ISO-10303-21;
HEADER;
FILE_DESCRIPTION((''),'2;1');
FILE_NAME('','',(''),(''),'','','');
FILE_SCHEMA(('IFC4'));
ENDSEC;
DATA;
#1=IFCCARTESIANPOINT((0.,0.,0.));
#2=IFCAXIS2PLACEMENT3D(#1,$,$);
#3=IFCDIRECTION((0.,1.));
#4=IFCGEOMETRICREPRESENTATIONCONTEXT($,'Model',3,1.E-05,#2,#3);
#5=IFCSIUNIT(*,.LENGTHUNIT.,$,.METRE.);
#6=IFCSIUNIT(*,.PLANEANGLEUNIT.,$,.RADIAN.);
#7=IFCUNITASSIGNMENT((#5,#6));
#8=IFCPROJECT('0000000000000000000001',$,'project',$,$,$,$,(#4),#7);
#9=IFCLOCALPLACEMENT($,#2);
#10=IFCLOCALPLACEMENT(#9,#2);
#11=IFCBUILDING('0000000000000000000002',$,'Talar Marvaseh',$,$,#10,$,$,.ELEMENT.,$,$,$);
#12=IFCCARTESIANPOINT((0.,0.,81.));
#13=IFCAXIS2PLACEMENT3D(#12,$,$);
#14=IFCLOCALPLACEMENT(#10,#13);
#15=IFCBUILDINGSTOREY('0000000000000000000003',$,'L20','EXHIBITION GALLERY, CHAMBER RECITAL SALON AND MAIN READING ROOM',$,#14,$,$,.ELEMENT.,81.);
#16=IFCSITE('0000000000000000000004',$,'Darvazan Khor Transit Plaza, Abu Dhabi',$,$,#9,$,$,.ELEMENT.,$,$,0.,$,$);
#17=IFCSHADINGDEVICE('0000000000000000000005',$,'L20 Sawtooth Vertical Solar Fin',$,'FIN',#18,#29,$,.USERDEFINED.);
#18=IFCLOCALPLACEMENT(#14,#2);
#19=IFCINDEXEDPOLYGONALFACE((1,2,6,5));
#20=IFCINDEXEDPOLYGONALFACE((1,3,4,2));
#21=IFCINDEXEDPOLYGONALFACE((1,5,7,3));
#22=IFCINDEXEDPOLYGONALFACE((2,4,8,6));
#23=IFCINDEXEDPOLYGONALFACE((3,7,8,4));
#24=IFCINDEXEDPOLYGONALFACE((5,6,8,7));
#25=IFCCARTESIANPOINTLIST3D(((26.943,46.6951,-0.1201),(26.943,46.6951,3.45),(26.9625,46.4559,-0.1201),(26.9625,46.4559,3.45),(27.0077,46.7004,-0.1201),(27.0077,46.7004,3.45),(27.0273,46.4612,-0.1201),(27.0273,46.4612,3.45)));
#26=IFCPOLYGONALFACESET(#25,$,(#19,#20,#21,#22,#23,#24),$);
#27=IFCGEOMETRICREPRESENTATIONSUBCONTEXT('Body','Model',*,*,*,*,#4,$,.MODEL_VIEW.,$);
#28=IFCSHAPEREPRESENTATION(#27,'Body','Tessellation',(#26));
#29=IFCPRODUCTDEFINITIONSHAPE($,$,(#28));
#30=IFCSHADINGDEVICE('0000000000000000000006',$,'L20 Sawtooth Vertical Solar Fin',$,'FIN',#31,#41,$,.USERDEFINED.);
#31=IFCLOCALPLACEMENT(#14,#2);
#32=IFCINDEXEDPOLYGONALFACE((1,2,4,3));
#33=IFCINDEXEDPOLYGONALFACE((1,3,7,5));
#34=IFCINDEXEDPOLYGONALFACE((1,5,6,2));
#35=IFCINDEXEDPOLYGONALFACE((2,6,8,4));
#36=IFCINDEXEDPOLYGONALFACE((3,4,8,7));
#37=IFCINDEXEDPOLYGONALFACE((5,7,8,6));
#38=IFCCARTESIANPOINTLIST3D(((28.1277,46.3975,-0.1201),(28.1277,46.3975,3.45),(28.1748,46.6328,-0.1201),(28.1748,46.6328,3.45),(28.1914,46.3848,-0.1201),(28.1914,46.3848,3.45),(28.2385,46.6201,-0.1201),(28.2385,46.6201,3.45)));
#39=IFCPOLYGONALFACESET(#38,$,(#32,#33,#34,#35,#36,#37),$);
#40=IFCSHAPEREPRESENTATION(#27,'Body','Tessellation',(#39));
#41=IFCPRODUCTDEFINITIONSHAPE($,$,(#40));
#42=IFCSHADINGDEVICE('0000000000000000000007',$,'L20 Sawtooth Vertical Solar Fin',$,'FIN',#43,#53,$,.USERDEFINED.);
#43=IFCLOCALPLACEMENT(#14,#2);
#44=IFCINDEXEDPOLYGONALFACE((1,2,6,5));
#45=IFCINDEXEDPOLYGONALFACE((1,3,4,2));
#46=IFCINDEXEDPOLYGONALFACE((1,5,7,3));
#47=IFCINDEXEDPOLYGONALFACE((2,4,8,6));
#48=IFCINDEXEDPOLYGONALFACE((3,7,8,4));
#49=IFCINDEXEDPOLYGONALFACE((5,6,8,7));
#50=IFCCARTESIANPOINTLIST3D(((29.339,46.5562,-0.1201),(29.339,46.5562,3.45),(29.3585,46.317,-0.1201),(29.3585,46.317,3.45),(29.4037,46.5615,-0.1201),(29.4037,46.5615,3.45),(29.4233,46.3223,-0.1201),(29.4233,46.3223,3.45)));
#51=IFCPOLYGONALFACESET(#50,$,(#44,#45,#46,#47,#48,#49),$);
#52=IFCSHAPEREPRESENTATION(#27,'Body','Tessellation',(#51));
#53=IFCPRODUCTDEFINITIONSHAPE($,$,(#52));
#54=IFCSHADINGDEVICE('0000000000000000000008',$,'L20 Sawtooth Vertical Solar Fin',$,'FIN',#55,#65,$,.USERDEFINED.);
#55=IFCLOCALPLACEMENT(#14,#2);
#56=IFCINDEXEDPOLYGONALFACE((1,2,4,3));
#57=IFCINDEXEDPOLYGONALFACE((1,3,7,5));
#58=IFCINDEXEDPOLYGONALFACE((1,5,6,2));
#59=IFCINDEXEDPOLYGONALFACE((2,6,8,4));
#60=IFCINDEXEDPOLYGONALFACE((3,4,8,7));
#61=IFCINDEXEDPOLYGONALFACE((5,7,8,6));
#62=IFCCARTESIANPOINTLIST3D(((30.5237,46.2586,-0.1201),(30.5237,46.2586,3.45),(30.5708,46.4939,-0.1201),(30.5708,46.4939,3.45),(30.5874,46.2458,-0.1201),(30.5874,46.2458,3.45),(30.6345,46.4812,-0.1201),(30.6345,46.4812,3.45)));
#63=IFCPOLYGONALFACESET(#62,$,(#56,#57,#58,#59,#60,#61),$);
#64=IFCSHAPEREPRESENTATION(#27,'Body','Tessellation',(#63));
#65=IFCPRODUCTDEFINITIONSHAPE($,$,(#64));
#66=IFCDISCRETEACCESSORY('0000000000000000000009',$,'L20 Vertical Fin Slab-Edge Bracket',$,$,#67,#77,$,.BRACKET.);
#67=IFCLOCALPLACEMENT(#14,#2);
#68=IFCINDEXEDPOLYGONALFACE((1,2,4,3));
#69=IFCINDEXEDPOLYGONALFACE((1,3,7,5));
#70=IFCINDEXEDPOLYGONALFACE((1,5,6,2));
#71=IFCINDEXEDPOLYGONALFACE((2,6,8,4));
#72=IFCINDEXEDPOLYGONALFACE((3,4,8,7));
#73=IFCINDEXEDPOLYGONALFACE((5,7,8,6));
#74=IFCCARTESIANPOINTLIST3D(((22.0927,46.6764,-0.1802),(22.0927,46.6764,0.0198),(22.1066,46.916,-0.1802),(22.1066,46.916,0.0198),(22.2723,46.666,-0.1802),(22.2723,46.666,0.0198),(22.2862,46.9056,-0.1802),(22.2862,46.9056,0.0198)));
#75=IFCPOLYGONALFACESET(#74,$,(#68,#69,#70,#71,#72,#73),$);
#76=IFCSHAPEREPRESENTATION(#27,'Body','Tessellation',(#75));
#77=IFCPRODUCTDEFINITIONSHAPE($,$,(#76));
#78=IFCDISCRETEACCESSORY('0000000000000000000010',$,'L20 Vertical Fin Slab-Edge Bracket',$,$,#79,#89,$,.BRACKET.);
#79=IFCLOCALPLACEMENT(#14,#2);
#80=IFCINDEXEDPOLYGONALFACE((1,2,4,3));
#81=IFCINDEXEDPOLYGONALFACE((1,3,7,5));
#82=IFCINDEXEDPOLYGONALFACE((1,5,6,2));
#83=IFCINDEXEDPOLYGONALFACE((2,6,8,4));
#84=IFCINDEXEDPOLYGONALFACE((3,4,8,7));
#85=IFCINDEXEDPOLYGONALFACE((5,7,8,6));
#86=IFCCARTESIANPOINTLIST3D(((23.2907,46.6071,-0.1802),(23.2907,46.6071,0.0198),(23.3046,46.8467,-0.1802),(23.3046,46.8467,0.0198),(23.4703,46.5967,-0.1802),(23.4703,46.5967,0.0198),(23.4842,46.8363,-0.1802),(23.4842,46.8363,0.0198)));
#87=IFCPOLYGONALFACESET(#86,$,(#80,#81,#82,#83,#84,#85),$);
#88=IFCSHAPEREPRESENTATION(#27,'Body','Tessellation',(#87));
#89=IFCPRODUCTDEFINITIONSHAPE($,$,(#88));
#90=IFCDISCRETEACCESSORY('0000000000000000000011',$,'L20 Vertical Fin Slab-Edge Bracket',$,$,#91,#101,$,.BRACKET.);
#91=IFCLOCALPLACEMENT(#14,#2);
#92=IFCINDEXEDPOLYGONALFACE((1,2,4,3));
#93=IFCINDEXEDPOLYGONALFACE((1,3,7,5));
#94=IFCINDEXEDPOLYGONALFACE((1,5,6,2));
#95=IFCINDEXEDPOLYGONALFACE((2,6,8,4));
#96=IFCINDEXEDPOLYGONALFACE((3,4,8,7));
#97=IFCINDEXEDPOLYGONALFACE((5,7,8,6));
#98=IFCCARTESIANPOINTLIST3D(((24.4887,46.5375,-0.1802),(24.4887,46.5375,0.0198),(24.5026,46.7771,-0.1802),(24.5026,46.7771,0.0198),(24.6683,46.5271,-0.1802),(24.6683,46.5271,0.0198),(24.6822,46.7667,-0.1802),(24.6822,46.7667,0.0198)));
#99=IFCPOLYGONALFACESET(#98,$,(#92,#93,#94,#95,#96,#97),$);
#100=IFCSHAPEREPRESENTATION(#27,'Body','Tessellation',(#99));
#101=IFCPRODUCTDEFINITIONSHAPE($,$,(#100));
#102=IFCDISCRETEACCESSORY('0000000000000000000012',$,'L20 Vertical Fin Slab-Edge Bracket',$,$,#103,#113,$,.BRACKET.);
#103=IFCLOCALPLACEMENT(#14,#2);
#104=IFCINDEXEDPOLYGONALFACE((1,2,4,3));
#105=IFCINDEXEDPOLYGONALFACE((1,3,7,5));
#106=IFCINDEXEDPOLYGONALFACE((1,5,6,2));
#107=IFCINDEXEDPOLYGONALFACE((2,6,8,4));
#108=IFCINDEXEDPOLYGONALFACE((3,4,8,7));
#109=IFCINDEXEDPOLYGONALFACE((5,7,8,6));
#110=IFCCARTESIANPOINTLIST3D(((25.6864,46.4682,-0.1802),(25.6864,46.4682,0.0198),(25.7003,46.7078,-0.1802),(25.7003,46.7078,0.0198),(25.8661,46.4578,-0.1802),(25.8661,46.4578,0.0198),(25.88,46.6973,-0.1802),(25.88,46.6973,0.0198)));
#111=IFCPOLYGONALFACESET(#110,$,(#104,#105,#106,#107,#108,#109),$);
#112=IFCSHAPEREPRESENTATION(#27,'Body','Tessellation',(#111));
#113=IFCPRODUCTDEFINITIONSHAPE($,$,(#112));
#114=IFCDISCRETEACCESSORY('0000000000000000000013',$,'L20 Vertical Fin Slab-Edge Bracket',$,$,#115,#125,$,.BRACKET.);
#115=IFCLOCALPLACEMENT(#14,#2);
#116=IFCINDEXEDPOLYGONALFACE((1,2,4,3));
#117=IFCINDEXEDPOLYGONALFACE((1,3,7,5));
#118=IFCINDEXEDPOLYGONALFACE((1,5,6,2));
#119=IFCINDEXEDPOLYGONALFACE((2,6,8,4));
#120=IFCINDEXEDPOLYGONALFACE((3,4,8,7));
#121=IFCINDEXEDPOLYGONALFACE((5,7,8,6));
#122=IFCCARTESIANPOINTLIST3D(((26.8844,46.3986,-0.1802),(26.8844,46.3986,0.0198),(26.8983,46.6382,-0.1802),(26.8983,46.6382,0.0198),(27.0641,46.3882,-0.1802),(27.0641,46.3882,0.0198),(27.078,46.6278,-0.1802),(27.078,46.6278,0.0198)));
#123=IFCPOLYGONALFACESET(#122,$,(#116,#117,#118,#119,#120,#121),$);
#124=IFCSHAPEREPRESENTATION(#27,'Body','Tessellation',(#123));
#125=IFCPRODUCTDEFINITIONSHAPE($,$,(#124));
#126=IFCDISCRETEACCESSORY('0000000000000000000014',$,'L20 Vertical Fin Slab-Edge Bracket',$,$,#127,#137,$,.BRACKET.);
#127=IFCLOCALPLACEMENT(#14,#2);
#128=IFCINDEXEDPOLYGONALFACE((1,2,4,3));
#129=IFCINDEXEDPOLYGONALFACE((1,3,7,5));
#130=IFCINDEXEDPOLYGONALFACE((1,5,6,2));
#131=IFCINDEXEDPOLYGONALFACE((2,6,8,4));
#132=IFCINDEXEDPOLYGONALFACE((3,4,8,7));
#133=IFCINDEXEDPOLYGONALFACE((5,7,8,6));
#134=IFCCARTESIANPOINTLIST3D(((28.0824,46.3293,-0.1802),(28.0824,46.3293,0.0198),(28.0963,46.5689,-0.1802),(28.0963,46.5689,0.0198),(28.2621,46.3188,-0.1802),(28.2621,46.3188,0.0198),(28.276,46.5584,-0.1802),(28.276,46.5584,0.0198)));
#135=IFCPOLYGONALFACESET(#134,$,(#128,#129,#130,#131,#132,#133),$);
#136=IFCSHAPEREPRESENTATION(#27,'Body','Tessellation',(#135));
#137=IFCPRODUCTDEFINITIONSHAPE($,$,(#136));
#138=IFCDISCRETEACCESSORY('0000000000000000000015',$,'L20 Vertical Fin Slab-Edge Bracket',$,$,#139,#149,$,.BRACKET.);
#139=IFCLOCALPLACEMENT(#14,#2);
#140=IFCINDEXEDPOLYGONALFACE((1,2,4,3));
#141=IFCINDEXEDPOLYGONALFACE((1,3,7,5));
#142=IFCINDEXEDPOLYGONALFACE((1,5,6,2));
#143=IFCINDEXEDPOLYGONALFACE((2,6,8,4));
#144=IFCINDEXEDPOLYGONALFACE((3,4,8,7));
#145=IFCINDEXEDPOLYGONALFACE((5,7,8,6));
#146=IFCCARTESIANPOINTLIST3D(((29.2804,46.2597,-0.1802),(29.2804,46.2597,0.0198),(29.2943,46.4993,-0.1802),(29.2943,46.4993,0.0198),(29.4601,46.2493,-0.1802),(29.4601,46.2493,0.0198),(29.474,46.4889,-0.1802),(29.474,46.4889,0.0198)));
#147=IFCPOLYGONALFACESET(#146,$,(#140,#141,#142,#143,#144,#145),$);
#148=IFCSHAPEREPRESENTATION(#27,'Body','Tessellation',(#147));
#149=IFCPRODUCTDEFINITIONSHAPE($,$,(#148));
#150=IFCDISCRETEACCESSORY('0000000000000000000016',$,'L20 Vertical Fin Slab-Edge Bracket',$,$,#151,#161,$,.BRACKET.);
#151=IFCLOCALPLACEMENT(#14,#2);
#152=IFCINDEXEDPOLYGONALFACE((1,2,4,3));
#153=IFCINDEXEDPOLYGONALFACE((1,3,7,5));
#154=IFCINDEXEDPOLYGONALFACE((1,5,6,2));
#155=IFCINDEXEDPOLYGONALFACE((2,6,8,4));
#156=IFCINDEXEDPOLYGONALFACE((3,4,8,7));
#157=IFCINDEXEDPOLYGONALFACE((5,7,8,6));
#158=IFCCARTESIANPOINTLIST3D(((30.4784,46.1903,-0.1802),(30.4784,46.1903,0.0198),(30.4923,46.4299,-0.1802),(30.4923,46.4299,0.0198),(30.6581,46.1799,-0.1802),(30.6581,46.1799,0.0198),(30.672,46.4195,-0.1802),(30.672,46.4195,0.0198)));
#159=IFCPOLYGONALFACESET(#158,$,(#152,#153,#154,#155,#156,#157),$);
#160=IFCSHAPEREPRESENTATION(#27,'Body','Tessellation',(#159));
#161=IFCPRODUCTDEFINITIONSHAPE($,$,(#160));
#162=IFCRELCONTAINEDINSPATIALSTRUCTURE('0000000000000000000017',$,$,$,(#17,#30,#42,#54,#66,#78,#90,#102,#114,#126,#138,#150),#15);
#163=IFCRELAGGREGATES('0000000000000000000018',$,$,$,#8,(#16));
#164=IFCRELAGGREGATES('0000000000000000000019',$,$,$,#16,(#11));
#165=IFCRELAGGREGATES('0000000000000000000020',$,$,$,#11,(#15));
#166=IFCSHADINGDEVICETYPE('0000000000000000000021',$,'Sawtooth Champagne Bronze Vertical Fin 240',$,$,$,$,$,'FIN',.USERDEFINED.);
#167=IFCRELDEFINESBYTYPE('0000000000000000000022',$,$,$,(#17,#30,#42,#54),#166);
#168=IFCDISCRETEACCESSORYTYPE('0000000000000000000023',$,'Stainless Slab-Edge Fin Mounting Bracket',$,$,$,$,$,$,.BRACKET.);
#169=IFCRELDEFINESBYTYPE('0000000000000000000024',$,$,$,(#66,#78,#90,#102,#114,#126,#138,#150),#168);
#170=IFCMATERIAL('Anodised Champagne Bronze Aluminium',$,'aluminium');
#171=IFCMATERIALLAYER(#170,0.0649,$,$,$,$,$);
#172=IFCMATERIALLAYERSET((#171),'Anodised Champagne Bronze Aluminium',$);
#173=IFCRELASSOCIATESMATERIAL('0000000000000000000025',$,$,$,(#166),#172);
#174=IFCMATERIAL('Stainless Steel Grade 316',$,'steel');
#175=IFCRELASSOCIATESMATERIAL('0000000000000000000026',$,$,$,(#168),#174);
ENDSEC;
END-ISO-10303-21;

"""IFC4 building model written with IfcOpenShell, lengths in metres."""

from ifc_helpers import new_model, si_unit, direction, frame, origin, origin_2d, place, context, subcontext, project, spatial, rectangle, extrude, source, transform, mapped, material, layer, layer_set, type_object, type_shapes, element, save


model = new_model("IFC4")

# Units and contexts
model_context = context("Model", 3, precision=1e-05, world=origin(), true_north=direction((0.0, 1.0)))
body_context = subcontext(model_context, "Body", "Model", "MODEL_VIEW")
ifc_project = project(units=[si_unit("LENGTHUNIT", "METRE"), si_unit("PLANEANGLEUNIT", "RADIAN")], contexts=[model_context])

# Site, building, storey
site_placement = place(None, origin())
site = spatial("IfcSite", under=ifc_project, at=site_placement, Name="Darvazan Khor Transit Plaza, Abu Dhabi", CompositionType="ELEMENT", RefElevation=0.0)
building_placement = place(site_placement, origin())
building = spatial("IfcBuilding", under=site, at=building_placement, Name="Talar Marvaseh", CompositionType="ELEMENT")
storey_placement = place(building_placement, frame((0.0, 0.0, 81.0)))
storey = spatial("IfcBuildingStorey", under=building, at=storey_placement, Name="L20", Description="EXHIBITION GALLERY, CHAMBER RECITAL SALON AND MAIN READING ROOM", CompositionType="ELEMENT", Elevation=81.0)

# Shading devices
ifc_material_1 = material(Name="Anodised Champagne Bronze Aluminium", Category="aluminium")
ifc_layer_1 = layer(ifc_material_1, 0.0649)
ifc_layer_set_1 = layer_set([ifc_layer_1], Name="Anodised Champagne Bronze Aluminium")
shading_device_type = type_object("IfcShadingDeviceType", Name="Sawtooth Champagne Bronze Vertical Fin 240", ElementType="FIN", PredefinedType="USERDEFINED", material=ifc_layer_set_1)
shared_shape_1 = source(origin(), body_context, "Body", "SweptSolid", [
    extrude(rectangle(XDim=0.24, YDim=0.0649, at=origin_2d()), origin(), (0.0, 0.0, 1.0), 3.5701),
])
type_shapes(shading_device_type, [shared_shape_1])
for number, where, z_axis, x_axis, name in (
    (1, (26.9851, 46.5781, -0.1201), (0.0, 0.0, 1.0), (-0.081591, 0.996666, 0.0), "L20 Sawtooth Vertical Solar Fin"),
    (2, (28.1831, 46.5088, -0.1201), (0.0, 0.0, 1.0), (0.196288, 0.980546, 0.0), "L20 Sawtooth Vertical Solar Fin"),
    (3, (29.3811, 46.4392, -0.1201), (0.0, 0.0, 1.0), (-0.081591, 0.996666, 0.0), "L20 Sawtooth Vertical Solar Fin"),
    (4, (30.5791, 46.3699, -0.1201), (0.0, 0.0, 1.0), (0.196288, 0.980546, 0.0), "L20 Sawtooth Vertical Solar Fin"),
):
    element("IfcShadingDevice", number, at=place(storey_placement, frame(where, z_axis=z_axis, x_axis=x_axis)), inside=storey, type_object=shading_device_type, Name=name, ObjectType="FIN", PredefinedType="USERDEFINED", context=body_context, shape_type="MappedRepresentation", body=[
        mapped(shared_shape_1, transform((0.0, 0.0, 0.0), x_axis=(1.0, 0.0, 0.0), y_axis=(0.0, 1.0, 0.0), z_axis=(0.0, 0.0, 1.0), scale=1.0)),
    ])

# Discrete accessories
ifc_material_2 = material(Name="Stainless Steel Grade 316", Category="steel")
discrete_accessory_type = type_object("IfcDiscreteAccessoryType", Name="Stainless Slab-Edge Fin Mounting Bracket", PredefinedType="BRACKET", material=ifc_material_2)
shared_shape_2 = source(origin(), body_context, "Body", "SweptSolid", [
    extrude(rectangle(XDim=0.24, YDim=0.1799, at=origin_2d()), origin(), (0.0, 0.0, 1.0), 0.2),
])
type_shapes(discrete_accessory_type, [shared_shape_2])
for number, where, z_axis, x_axis, name in (
    (5, (22.1895, 46.791, -0.1802), (0.0, 0.0, 1.0), (0.057913, 0.998322, 0.0), "L20 Vertical Fin Slab-Edge Bracket"),
    (6, (23.3875, 46.7217, -0.1802), (0.0, 0.0, 1.0), (0.057913, 0.998322, 0.0), "L20 Vertical Fin Slab-Edge Bracket"),
    (7, (24.5854, 46.6521, -0.1802), (0.0, 0.0, 1.0), (0.057913, 0.998322, 0.0), "L20 Vertical Fin Slab-Edge Bracket"),
    (8, (25.7832, 46.5828, -0.1802), (0.0, 0.0, 1.0), (0.057913, 0.998322, 0.0), "L20 Vertical Fin Slab-Edge Bracket"),
    (9, (26.9812, 46.5132, -0.1802), (0.0, 0.0, 1.0), (0.057913, 0.998322, 0.0), "L20 Vertical Fin Slab-Edge Bracket"),
    (10, (28.1792, 46.4438, -0.1802), (0.0, 0.0, 1.0), (0.057913, 0.998322, 0.0), "L20 Vertical Fin Slab-Edge Bracket"),
    (11, (29.3772, 46.3743, -0.1802), (0.0, 0.0, 1.0), (0.057913, 0.998322, 0.0), "L20 Vertical Fin Slab-Edge Bracket"),
    (12, (30.5752, 46.3049, -0.1802), (0.0, 0.0, 1.0), (0.057913, 0.998322, 0.0), "L20 Vertical Fin Slab-Edge Bracket"),
):
    element("IfcDiscreteAccessory", number, at=place(storey_placement, frame(where, z_axis=z_axis, x_axis=x_axis)), inside=storey, type_object=discrete_accessory_type, Name=name, PredefinedType="BRACKET", context=body_context, shape_type="MappedRepresentation", body=[
        mapped(shared_shape_2, transform((0.0, 0.0, 0.0), x_axis=(1.0, 0.0, 0.0), y_axis=(0.0, 1.0, 0.0), z_axis=(0.0, 0.0, 1.0), scale=1.0)),
    ])

save(model, "model.ifc")
